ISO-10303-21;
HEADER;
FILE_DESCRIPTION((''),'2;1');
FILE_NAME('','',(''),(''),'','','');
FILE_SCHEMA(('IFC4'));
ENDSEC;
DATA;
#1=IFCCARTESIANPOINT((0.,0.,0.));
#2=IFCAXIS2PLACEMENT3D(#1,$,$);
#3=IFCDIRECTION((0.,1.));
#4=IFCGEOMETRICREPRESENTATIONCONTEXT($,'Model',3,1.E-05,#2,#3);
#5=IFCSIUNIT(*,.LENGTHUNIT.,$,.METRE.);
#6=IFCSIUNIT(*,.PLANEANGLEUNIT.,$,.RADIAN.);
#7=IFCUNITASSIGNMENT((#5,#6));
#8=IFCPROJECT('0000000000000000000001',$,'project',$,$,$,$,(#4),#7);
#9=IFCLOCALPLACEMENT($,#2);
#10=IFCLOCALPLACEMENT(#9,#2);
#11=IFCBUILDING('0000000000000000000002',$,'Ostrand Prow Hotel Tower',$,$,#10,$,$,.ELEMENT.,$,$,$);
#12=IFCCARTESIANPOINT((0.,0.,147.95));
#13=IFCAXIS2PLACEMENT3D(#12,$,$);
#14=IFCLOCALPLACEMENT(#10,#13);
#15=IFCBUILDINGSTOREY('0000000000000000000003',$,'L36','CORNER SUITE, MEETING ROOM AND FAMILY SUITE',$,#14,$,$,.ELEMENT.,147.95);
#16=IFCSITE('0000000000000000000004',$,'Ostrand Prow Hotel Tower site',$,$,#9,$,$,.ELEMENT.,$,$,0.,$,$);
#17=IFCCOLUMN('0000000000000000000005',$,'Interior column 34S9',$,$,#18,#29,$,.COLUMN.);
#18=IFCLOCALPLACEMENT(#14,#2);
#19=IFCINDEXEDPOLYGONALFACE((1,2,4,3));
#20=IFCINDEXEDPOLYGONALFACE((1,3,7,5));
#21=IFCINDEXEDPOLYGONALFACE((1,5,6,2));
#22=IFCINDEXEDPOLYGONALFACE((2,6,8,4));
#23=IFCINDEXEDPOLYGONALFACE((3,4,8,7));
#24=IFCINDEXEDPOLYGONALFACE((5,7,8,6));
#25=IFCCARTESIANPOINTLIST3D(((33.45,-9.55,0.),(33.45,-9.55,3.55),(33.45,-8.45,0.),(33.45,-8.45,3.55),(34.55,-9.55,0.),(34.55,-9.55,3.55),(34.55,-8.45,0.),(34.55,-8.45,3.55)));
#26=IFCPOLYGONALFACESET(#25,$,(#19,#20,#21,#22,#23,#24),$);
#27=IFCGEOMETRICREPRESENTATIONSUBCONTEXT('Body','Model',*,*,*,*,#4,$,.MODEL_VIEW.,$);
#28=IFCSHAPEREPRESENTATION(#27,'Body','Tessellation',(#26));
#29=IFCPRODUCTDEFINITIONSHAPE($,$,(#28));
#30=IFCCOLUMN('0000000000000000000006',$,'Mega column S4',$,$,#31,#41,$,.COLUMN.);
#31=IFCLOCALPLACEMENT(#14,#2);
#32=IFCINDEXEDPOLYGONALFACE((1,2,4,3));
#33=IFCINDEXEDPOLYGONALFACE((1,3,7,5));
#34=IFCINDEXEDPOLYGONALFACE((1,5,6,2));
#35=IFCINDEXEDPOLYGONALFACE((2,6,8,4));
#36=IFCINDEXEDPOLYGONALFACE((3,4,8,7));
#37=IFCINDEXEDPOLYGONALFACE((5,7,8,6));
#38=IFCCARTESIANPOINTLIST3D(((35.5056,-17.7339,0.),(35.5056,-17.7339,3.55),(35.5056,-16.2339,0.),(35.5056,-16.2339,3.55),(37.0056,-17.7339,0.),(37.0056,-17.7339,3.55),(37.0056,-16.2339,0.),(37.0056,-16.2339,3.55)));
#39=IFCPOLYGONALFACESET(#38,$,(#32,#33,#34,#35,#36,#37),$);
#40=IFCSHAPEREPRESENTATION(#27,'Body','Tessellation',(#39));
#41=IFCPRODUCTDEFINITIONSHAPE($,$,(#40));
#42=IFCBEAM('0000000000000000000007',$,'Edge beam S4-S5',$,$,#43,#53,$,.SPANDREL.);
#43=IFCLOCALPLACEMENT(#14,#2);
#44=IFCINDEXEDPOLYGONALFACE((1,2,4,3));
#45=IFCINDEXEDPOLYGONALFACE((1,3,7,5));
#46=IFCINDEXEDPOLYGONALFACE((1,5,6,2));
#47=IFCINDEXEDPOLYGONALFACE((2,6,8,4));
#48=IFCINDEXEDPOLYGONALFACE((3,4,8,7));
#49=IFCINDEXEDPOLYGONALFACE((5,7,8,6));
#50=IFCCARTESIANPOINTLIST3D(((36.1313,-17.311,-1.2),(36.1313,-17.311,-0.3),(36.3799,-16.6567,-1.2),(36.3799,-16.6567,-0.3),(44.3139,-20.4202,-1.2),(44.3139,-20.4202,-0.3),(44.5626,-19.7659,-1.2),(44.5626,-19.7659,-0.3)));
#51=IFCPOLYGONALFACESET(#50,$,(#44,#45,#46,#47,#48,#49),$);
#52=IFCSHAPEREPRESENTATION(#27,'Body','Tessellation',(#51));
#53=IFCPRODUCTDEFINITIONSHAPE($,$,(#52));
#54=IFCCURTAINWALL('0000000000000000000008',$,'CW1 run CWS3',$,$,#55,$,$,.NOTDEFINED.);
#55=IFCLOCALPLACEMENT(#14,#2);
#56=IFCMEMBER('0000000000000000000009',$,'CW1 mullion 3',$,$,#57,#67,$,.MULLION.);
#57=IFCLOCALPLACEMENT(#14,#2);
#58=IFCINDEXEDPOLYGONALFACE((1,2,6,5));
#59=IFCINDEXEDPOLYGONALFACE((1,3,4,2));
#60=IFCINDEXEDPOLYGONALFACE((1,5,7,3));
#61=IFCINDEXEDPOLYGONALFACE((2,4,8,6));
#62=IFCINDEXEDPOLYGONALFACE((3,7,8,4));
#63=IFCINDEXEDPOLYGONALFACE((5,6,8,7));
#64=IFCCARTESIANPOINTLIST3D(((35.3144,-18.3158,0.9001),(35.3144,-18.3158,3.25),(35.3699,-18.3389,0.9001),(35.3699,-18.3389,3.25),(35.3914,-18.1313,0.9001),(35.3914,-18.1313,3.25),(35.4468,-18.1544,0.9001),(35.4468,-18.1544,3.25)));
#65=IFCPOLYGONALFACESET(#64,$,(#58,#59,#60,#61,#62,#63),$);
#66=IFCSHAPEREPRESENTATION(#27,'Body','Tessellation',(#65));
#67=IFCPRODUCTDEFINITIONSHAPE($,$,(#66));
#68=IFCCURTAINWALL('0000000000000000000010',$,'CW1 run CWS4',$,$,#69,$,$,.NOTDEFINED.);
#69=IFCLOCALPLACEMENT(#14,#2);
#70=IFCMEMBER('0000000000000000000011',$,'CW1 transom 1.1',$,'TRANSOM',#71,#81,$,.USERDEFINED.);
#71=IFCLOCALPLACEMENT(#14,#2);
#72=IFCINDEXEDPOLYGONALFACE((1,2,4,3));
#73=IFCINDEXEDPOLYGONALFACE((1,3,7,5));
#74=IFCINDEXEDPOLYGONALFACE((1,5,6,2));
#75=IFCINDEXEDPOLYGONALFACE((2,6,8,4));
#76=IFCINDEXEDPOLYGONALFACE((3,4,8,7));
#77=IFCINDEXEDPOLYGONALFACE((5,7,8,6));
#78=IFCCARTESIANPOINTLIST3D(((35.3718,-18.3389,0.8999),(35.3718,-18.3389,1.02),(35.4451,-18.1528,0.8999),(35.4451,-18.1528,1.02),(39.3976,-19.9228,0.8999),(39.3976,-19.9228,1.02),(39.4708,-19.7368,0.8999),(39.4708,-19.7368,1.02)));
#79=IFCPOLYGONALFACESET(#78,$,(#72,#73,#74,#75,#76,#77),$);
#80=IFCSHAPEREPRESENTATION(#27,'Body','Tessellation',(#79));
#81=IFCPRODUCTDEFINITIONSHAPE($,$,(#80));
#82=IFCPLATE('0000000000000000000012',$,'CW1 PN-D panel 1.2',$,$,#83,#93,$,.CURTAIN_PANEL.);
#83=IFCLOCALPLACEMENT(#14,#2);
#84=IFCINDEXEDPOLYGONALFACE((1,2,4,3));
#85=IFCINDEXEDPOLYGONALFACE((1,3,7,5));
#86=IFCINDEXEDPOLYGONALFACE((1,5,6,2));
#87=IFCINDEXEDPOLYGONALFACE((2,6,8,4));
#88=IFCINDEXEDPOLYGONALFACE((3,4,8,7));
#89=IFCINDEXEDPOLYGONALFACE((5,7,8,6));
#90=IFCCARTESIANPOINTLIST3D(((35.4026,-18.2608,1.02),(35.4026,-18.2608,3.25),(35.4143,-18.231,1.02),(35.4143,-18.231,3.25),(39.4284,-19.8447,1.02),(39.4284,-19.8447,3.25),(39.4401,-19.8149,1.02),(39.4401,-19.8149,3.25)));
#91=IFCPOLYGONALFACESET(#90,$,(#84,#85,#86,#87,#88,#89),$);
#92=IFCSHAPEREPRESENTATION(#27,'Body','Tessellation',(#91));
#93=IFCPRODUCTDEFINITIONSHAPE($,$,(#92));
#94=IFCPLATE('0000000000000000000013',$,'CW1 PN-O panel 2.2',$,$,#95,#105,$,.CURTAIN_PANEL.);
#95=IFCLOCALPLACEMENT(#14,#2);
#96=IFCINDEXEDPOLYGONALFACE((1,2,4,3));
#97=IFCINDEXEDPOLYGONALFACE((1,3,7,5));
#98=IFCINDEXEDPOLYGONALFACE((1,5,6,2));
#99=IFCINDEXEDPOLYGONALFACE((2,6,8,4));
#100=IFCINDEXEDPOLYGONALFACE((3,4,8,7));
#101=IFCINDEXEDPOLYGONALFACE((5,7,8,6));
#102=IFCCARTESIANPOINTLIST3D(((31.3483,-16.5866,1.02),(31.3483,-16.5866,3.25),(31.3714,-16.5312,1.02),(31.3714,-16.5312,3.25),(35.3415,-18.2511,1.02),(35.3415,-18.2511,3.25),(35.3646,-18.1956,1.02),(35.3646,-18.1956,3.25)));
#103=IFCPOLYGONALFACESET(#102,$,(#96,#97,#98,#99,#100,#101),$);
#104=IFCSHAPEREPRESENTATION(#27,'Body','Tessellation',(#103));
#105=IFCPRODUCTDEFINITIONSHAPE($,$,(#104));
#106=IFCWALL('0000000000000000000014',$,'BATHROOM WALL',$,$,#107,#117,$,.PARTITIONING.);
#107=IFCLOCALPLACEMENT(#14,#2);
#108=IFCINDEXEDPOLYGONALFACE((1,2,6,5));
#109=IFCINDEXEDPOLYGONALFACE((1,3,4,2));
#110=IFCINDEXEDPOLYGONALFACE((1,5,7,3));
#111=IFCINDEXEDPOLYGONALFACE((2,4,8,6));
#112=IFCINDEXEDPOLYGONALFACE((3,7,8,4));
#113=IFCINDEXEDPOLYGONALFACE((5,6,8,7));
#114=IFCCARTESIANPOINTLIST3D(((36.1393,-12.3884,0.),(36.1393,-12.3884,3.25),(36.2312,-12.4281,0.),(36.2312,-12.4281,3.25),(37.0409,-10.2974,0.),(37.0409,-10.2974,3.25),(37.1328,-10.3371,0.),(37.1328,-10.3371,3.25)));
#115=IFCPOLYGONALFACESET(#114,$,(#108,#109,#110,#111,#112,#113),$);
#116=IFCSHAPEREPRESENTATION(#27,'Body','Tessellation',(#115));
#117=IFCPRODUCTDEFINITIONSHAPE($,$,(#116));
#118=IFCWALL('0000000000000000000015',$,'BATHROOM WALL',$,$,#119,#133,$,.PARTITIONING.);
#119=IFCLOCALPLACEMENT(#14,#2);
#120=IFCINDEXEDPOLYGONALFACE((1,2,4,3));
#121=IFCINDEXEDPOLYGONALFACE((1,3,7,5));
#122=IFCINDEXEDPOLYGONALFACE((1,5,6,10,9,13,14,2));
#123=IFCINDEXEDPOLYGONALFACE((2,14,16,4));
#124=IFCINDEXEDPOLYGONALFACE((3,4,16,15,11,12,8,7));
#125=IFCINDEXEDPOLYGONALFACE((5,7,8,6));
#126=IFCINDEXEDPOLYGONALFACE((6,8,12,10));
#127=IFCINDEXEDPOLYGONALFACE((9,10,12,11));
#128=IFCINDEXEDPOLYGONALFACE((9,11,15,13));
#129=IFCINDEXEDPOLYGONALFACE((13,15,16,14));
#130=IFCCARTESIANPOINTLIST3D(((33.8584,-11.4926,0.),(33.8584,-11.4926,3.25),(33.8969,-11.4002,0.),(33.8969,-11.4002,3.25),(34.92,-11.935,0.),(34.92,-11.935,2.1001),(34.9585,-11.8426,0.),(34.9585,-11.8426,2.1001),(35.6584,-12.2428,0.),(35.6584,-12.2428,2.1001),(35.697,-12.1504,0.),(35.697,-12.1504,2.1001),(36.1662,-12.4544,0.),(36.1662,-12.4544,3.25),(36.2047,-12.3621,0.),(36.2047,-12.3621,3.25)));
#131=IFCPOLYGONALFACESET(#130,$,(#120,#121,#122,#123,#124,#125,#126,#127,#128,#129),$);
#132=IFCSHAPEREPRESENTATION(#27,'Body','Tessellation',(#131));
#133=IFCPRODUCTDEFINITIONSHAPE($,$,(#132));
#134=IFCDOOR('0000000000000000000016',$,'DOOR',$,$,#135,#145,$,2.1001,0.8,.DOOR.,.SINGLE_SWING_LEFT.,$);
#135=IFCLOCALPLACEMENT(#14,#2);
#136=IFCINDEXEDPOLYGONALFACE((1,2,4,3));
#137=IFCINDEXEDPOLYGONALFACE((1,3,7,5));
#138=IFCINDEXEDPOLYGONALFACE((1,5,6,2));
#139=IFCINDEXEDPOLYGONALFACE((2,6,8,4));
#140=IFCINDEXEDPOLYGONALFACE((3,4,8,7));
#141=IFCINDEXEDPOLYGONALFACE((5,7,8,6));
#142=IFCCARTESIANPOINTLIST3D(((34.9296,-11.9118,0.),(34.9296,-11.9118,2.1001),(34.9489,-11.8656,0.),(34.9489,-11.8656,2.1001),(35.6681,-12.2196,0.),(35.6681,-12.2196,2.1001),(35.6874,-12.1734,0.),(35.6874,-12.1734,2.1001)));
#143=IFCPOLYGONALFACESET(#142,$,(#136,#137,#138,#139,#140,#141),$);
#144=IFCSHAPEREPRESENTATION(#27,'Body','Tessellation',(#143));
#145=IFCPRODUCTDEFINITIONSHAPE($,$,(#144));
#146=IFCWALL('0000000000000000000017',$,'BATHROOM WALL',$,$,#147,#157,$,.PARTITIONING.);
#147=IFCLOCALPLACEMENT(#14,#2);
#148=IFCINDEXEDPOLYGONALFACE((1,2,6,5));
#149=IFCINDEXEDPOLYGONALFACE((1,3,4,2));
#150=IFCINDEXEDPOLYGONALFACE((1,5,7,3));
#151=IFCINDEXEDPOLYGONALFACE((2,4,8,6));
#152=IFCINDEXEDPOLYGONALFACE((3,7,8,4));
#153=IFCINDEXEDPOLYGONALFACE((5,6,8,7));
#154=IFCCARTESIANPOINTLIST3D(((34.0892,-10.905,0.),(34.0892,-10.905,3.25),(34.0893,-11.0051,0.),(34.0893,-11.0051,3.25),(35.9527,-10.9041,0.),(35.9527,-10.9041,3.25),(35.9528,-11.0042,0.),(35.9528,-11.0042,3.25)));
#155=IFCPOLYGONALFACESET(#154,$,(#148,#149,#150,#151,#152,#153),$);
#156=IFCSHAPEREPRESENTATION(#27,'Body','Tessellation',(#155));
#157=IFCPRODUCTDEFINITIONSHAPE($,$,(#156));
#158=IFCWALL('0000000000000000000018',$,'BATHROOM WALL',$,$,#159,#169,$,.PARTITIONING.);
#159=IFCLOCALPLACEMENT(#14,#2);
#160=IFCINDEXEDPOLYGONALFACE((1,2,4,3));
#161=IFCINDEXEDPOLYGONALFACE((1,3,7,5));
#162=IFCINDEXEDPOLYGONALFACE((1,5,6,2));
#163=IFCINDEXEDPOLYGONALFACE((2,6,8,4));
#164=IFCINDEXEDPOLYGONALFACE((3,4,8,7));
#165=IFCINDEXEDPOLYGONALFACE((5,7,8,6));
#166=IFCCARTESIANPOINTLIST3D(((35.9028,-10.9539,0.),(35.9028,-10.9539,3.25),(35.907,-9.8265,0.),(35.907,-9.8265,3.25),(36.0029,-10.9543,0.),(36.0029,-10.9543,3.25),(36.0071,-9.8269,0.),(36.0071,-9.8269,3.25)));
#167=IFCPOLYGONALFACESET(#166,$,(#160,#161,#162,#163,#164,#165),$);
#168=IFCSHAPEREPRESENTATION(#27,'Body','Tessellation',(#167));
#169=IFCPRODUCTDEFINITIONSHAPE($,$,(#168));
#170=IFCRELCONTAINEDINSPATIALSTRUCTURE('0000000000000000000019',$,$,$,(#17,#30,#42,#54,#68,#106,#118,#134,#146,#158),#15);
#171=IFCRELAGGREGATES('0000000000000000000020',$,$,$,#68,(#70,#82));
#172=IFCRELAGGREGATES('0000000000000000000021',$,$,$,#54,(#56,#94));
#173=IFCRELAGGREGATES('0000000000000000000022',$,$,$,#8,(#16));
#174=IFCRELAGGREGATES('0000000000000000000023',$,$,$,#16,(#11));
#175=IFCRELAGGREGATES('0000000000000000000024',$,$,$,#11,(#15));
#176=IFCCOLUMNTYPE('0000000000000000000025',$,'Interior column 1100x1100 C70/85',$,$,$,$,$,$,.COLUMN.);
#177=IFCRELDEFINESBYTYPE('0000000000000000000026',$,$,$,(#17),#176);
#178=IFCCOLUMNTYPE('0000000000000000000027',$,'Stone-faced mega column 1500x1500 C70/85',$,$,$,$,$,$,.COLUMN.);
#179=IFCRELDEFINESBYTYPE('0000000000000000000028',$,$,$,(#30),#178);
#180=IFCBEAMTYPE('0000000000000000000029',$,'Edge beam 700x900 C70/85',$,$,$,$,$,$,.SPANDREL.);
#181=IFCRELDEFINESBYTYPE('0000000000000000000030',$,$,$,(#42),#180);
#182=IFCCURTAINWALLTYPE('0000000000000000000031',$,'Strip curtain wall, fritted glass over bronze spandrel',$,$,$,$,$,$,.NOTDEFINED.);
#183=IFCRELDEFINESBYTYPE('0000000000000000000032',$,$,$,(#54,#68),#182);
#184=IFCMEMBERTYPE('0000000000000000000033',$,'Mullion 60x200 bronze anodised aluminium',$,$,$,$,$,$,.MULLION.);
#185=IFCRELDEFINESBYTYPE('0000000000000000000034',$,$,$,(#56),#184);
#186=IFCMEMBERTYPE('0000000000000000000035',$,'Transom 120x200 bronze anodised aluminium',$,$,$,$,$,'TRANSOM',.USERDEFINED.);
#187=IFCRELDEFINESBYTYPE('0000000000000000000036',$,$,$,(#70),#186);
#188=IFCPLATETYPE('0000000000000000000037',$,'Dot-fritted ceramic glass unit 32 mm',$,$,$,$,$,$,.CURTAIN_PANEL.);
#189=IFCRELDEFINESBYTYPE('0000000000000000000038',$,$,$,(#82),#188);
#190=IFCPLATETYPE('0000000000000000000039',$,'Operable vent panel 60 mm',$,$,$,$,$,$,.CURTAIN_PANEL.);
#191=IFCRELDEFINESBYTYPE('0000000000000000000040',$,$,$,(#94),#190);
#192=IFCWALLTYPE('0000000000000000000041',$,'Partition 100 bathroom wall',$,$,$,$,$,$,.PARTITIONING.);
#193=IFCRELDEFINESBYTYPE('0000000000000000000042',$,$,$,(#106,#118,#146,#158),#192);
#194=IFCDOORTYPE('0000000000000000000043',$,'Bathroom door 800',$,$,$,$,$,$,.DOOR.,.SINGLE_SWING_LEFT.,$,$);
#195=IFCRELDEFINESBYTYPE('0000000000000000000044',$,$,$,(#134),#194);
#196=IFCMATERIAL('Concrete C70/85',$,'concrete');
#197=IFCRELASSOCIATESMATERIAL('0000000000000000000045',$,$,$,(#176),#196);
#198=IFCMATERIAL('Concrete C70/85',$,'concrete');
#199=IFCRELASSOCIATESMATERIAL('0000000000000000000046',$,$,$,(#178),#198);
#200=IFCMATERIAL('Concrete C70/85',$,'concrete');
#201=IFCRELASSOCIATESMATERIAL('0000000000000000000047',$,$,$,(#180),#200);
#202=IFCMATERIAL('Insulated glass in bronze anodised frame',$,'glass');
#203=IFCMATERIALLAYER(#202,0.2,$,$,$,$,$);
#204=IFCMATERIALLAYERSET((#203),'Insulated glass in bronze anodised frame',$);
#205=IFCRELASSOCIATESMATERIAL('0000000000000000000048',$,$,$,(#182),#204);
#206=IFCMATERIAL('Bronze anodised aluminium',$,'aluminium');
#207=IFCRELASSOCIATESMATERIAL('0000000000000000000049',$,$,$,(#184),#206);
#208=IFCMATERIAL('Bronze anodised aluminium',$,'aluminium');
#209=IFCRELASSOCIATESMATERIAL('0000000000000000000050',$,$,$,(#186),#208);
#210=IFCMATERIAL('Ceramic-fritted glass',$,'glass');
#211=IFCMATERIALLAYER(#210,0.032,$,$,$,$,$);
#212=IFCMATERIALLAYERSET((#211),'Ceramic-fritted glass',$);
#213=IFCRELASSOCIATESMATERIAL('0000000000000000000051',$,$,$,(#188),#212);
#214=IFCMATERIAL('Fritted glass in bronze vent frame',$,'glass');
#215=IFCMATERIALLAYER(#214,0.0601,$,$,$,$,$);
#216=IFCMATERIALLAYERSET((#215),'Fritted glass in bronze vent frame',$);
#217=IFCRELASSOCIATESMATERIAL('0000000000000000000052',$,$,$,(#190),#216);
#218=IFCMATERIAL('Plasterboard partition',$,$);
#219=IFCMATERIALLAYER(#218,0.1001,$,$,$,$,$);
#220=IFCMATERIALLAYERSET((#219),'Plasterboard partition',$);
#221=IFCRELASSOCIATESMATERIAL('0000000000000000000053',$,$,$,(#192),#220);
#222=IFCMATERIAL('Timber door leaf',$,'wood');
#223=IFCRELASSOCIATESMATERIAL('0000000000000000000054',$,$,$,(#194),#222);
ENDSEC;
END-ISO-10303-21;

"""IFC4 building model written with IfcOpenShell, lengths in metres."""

from ifc_helpers import new_model, si_unit, direction, frame, frame_2d, origin, origin_2d, place, context, subcontext, project, spatial, rectangle, extrude, material, layer, layer_set, material_profile, profile_set, type_object, element, fill, aggregate, save


model = new_model("IFC4")

# Units and contexts
model_context = context("Model", 3, precision=1e-05, world=origin(), true_north=direction((0.0, 1.0)))
body_context = subcontext(model_context, "Body", "Model", "MODEL_VIEW")
ifc_project = project(units=[si_unit("LENGTHUNIT", "METRE"), si_unit("PLANEANGLEUNIT", "RADIAN")], contexts=[model_context])

# Site, building, storey
site_placement = place(None, origin())
site = spatial("IfcSite", under=ifc_project, at=site_placement, Name="Ostrand Prow Hotel Tower site", CompositionType="ELEMENT", RefElevation=0.0)
building_placement = place(site_placement, origin())
building = spatial("IfcBuilding", under=site, at=building_placement, Name="Ostrand Prow Hotel Tower", CompositionType="ELEMENT")
storey_placement = place(building_placement, frame((0.0, 0.0, 147.95)))
storey = spatial("IfcBuildingStorey", under=building, at=storey_placement, Name="L36", Description="CORNER SUITE, MEETING ROOM AND FAMILY SUITE", CompositionType="ELEMENT", Elevation=147.95)

# Columns
ifc_material_1 = material(Name="Concrete C70/85", Category="concrete")
ifc_material_profile_1 = material_profile(ifc_material_1, rectangle(XDim=1.1001, YDim=1.1001, at=origin_2d()), Name="RC 1100x1100")
ifc_profile_set_1 = profile_set([ifc_material_profile_1], Name="Concrete C70/85")
column_type_1 = type_object("IfcColumnType", Name="Interior column 1100x1100 C70/85", PredefinedType="COLUMN", material=ifc_profile_set_1)
column_1_placement = place(storey_placement, frame((34.0, -9.0, 0.0), z_axis=(0.0, 0.0, 1.0), x_axis=(1.0, 0.0, 0.0)))
element("IfcColumn", 1, at=column_1_placement, inside=storey, type_object=column_type_1, Name="Interior column 34S9", PredefinedType="COLUMN", context=body_context, shape_type="SweptSolid", body=[
    extrude(rectangle(XDim=1.1001, YDim=1.1001, at=origin_2d()), origin(), (0.0, 0.0, 1.0), 3.55),
])
ifc_material_2 = material(Name="Concrete C70/85", Category="concrete")
ifc_material_profile_2 = material_profile(ifc_material_2, rectangle(XDim=1.5, YDim=1.5, at=origin_2d()), Name="RC 1500x1500")
ifc_profile_set_2 = profile_set([ifc_material_profile_2], Name="Concrete C70/85")
column_type_2 = type_object("IfcColumnType", Name="Stone-faced mega column 1500x1500 C70/85", PredefinedType="COLUMN", material=ifc_profile_set_2)
column_2_placement = place(storey_placement, frame((36.2556, -16.9839, 0.0), z_axis=(0.0, 0.0, 1.0), x_axis=(1.0, 0.0, 0.0)))
element("IfcColumn", 2, at=column_2_placement, inside=storey, type_object=column_type_2, Name="Mega column S4", PredefinedType="COLUMN", context=body_context, shape_type="SweptSolid", body=[
    extrude(rectangle(XDim=1.5, YDim=1.5, at=origin_2d()), origin(), (0.0, 0.0, 1.0), 3.55),
])

# Beam
ifc_material_3 = material(Name="Concrete C70/85", Category="concrete")
ifc_material_profile_3 = material_profile(ifc_material_3, rectangle(XDim=0.7, YDim=0.8999, at=origin_2d()), Name="RC 700x900")
ifc_profile_set_3 = profile_set([ifc_material_profile_3], Name="Concrete C70/85")
beam_type = type_object("IfcBeamType", Name="Edge beam 700x900 C70/85", PredefinedType="SPANDREL", material=ifc_profile_set_3)
beam_placement = place(storey_placement, frame((36.2556, -16.9839, -0.75), z_axis=(0.934794, -0.355191, 0.0), x_axis=(0.355191, 0.934794, 0.0)))
element("IfcBeam", 3, at=beam_placement, inside=storey, type_object=beam_type, Name="Edge beam S4-S5", PredefinedType="SPANDREL", context=body_context, shape_type="SweptSolid", body=[
    extrude(rectangle(XDim=0.7, YDim=0.8999, at=origin_2d()), origin(), (0.0, 0.0, 1.0), 8.7534),
])

# Curtain wall, member
ifc_material_4 = material(Name="Insulated glass in bronze anodised frame", Category="glass")
ifc_layer_1 = layer(ifc_material_4, 0.2)
ifc_layer_set_1 = layer_set([ifc_layer_1], Name="Insulated glass in bronze anodised frame")
curtain_wall_type = type_object("IfcCurtainWallType", Name="Strip curtain wall, fritted glass over bronze spandrel", PredefinedType="NOTDEFINED", material=ifc_layer_set_1)
curtain_wall_1_placement = place(storey_placement, origin())
curtain_wall_1 = element("IfcCurtainWall", 4, at=curtain_wall_1_placement, inside=storey, type_object=curtain_wall_type, Name="CW1 run CWS3", PredefinedType="NOTDEFINED")
ifc_material_5 = material(Name="Bronze anodised aluminium", Category="aluminium")
ifc_material_profile_4 = material_profile(ifc_material_5, rectangle(XDim=0.2, YDim=0.0601, at=origin_2d()), Name="Mullion 60x200 bronze anodised aluminium")
ifc_profile_set_4 = profile_set([ifc_material_profile_4], Name="Bronze anodised aluminium")
member_type_1 = type_object("IfcMemberType", Name="Mullion 60x200 bronze anodised aluminium", PredefinedType="MULLION", material=ifc_profile_set_4)
member_1_placement = place(storey_placement, frame((35.3806, -18.2351, 0.9001), z_axis=(0.0, 0.0, 1.0), x_axis=(0.384743, 0.923024, 0.0)))
member_1 = element("IfcMember", 5, at=member_1_placement, type_object=member_type_1, Name="CW1 mullion 3", PredefinedType="MULLION", context=body_context, shape_type="SweptSolid", body=[
    extrude(rectangle(XDim=0.2, YDim=0.0601, at=origin_2d()), origin(), (0.0, 0.0, 1.0), 2.3499),
])

# Curtain wall, member, plate
curtain_wall_2_placement = place(storey_placement, origin())
curtain_wall_2 = element("IfcCurtainWall", 6, at=curtain_wall_2_placement, inside=storey, type_object=curtain_wall_type, Name="CW1 run CWS4", PredefinedType="NOTDEFINED")
ifc_material_6 = material(Name="Bronze anodised aluminium", Category="aluminium")
ifc_material_profile_5 = material_profile(ifc_material_6, rectangle(XDim=0.2, YDim=0.1201, at=origin_2d()), Name="Transom 120x200 bronze anodised aluminium")
ifc_profile_set_5 = profile_set([ifc_material_profile_5], Name="Bronze anodised aluminium")
member_type_2 = type_object("IfcMemberType", Name="Transom 120x200 bronze anodised aluminium", ElementType="TRANSOM", PredefinedType="USERDEFINED", material=ifc_profile_set_5)
member_2_placement = place(storey_placement, frame((35.4084, -18.2458, 0.96), z_axis=(0.930563, -0.366131, 0.0), x_axis=(0.366131, 0.930563, 0.0)))
member_2 = element("IfcMember", 7, at=member_2_placement, type_object=member_type_2, Name="CW1 transom 1.1", ObjectType="TRANSOM", PredefinedType="USERDEFINED", context=body_context, shape_type="SweptSolid", body=[
    extrude(rectangle(XDim=0.2, YDim=0.1201, at=origin_2d()), origin(), (0.0, 0.0, 1.0), 4.3262),
])
ifc_material_7 = material(Name="Ceramic-fritted glass", Category="glass")
ifc_layer_2 = layer(ifc_material_7, 0.032)
ifc_layer_set_2 = layer_set([ifc_layer_2], Name="Ceramic-fritted glass")
plate_type_1 = type_object("IfcPlateType", Name="Dot-fritted ceramic glass unit 32 mm", PredefinedType="CURTAIN_PANEL", material=ifc_layer_set_2)
plate_1_placement = place(storey_placement, frame((37.4214, -19.0378, 1.02), z_axis=(0.0, 0.0, 1.0), x_axis=(0.930569, -0.366116, 0.0)))
plate_1 = element("IfcPlate", 8, at=plate_1_placement, type_object=plate_type_1, Name="CW1 PN-D panel 1.2", PredefinedType="CURTAIN_PANEL", context=body_context, shape_type="SweptSolid", body=[
    extrude(rectangle(XDim=4.3262, YDim=0.032, at=origin_2d()), origin(), (0.0, 0.0, 1.0), 2.23),
])
aggregate(curtain_wall_2, [member_2, plate_1])

# Plate
ifc_material_8 = material(Name="Fritted glass in bronze vent frame", Category="glass")
ifc_layer_3 = layer(ifc_material_8, 0.0601)
ifc_layer_set_3 = layer_set([ifc_layer_3], Name="Fritted glass in bronze vent frame")
plate_type_2 = type_object("IfcPlateType", Name="Operable vent panel 60 mm", PredefinedType="CURTAIN_PANEL", material=ifc_layer_set_3)
plate_2_placement = place(storey_placement, frame((33.3564, -17.3911, 1.02), z_axis=(0.0, 0.0, 1.0), x_axis=(0.923024, -0.384743, 0.0)))
plate_2 = element("IfcPlate", 9, at=plate_2_placement, type_object=plate_type_2, Name="CW1 PN-O panel 2.2", PredefinedType="CURTAIN_PANEL", context=body_context, shape_type="SweptSolid", body=[
    extrude(rectangle(XDim=4.3262, YDim=0.0601, at=origin_2d()), origin(), (0.0, 0.0, 1.0), 2.23),
])
aggregate(curtain_wall_1, [member_1, plate_2])

# Wall
ifc_material_9 = material(Name="Plasterboard partition")
ifc_layer_4 = layer(ifc_material_9, 0.1001)
ifc_layer_set_4 = layer_set([ifc_layer_4], Name="Plasterboard partition")
wall_type_1 = type_object("IfcWallType", Name="Partition 100 bathroom wall", PredefinedType="PARTITIONING", material=ifc_layer_set_4)
wall_1_placement = place(storey_placement, frame((37.0869, -10.3171, 0.0), z_axis=(0.0, 0.0, 1.0), x_axis=(-0.395937, -0.918278, 0.0)))
element("IfcWall", 10, at=wall_1_placement, inside=storey, type_object=wall_type_1, Name="BATHROOM WALL", PredefinedType="PARTITIONING", context=body_context, shape_type="SweptSolid", body=[
    extrude(rectangle(XDim=2.2771, YDim=0.1001, at=frame_2d((1.1387, 0.0))), origin(), (0.0, 0.0, 1.0), 3.25),
])

# Wall, opening, door
wall_2_placement = place(storey_placement, frame((36.1853, -12.4082, 0.0), z_axis=(0.0, 0.0, 1.0), x_axis=(-0.923034, 0.384719, 0.0)))
wall_2 = element("IfcWall", 11, at=wall_2_placement, inside=storey, type_object=wall_type_1, Name="BATHROOM WALL", PredefinedType="PARTITIONING", context=body_context, shape_type="SweptSolid", body=[
    extrude(rectangle(XDim=2.5002, YDim=0.1001, at=frame_2d((1.25, 0.0))), origin(), (0.0, 0.0, 1.0), 3.25),
])
opening_1_placement = place(wall_2_placement, frame((0.55, 0.0, 0.0)))
opening_1 = element("IfcOpeningElement", 12, at=opening_1_placement, cuts=wall_2, PredefinedType="OPENING", context=body_context, shape_type="SweptSolid", body=[
    extrude(rectangle(XDim=0.8, YDim=2.1001, at=frame_2d((0.3999, 1.05))), frame((0.0, 0.0601, 0.0), z_axis=(0.0, -1.0, 0.0), x_axis=(1.0, 0.0, 0.0)), (0.0, 0.0, 1.0), 0.1201),
])
ifc_material_10 = material(Name="Timber door leaf", Category="wood")
door_type_1 = type_object("IfcDoorType", Name="Bathroom door 800", OperationType="SINGLE_SWING_LEFT", PredefinedType="DOOR", material=ifc_material_10)
door_1_placement = place(opening_1_placement, origin())
door_1 = element("IfcDoor", 13, at=door_1_placement, inside=storey, type_object=door_type_1, Name="DOOR", OperationType="SINGLE_SWING_LEFT", OverallHeight=2.1001, OverallWidth=0.8, PredefinedType="DOOR", context=body_context, shape_type="SweptSolid", body=[
    extrude(rectangle(XDim=0.8, YDim=2.1001, at=frame_2d((0.3999, 1.05))), frame((0.0, 0.0249, 0.0), z_axis=(0.0, -1.0, 0.0), x_axis=(1.0, 0.0, 0.0)), (0.0, 0.0, 1.0), 0.05),
])
fill(opening_1, door_1)

# Walls
wall_3_placement = place(storey_placement, frame((34.0894, -10.9551, 0.0), z_axis=(0.0, 0.0, 1.0), x_axis=(1.0, 0.000524, 0.0)))
element("IfcWall", 14, at=wall_3_placement, inside=storey, type_object=wall_type_1, Name="BATHROOM WALL", PredefinedType="PARTITIONING", context=body_context, shape_type="SweptSolid", body=[
    extrude(rectangle(XDim=1.8635, YDim=0.1001, at=frame_2d((0.9316, 0.0))), origin(), (0.0, 0.0, 1.0), 3.25),
])
wall_4_placement = place(storey_placement, frame((35.9529, -10.9541, 0.0), z_axis=(0.0, 0.0, 1.0), x_axis=(0.003681, 0.999993, 0.0)))
element("IfcWall", 15, at=wall_4_placement, inside=storey, type_object=wall_type_1, Name="BATHROOM WALL", PredefinedType="PARTITIONING", context=body_context, shape_type="SweptSolid", body=[
    extrude(rectangle(XDim=1.1274, YDim=0.1001, at=frame_2d((0.5637, 0.0))), origin(), (0.0, 0.0, 1.0), 3.25),
])

save(model, "model.ifc")
